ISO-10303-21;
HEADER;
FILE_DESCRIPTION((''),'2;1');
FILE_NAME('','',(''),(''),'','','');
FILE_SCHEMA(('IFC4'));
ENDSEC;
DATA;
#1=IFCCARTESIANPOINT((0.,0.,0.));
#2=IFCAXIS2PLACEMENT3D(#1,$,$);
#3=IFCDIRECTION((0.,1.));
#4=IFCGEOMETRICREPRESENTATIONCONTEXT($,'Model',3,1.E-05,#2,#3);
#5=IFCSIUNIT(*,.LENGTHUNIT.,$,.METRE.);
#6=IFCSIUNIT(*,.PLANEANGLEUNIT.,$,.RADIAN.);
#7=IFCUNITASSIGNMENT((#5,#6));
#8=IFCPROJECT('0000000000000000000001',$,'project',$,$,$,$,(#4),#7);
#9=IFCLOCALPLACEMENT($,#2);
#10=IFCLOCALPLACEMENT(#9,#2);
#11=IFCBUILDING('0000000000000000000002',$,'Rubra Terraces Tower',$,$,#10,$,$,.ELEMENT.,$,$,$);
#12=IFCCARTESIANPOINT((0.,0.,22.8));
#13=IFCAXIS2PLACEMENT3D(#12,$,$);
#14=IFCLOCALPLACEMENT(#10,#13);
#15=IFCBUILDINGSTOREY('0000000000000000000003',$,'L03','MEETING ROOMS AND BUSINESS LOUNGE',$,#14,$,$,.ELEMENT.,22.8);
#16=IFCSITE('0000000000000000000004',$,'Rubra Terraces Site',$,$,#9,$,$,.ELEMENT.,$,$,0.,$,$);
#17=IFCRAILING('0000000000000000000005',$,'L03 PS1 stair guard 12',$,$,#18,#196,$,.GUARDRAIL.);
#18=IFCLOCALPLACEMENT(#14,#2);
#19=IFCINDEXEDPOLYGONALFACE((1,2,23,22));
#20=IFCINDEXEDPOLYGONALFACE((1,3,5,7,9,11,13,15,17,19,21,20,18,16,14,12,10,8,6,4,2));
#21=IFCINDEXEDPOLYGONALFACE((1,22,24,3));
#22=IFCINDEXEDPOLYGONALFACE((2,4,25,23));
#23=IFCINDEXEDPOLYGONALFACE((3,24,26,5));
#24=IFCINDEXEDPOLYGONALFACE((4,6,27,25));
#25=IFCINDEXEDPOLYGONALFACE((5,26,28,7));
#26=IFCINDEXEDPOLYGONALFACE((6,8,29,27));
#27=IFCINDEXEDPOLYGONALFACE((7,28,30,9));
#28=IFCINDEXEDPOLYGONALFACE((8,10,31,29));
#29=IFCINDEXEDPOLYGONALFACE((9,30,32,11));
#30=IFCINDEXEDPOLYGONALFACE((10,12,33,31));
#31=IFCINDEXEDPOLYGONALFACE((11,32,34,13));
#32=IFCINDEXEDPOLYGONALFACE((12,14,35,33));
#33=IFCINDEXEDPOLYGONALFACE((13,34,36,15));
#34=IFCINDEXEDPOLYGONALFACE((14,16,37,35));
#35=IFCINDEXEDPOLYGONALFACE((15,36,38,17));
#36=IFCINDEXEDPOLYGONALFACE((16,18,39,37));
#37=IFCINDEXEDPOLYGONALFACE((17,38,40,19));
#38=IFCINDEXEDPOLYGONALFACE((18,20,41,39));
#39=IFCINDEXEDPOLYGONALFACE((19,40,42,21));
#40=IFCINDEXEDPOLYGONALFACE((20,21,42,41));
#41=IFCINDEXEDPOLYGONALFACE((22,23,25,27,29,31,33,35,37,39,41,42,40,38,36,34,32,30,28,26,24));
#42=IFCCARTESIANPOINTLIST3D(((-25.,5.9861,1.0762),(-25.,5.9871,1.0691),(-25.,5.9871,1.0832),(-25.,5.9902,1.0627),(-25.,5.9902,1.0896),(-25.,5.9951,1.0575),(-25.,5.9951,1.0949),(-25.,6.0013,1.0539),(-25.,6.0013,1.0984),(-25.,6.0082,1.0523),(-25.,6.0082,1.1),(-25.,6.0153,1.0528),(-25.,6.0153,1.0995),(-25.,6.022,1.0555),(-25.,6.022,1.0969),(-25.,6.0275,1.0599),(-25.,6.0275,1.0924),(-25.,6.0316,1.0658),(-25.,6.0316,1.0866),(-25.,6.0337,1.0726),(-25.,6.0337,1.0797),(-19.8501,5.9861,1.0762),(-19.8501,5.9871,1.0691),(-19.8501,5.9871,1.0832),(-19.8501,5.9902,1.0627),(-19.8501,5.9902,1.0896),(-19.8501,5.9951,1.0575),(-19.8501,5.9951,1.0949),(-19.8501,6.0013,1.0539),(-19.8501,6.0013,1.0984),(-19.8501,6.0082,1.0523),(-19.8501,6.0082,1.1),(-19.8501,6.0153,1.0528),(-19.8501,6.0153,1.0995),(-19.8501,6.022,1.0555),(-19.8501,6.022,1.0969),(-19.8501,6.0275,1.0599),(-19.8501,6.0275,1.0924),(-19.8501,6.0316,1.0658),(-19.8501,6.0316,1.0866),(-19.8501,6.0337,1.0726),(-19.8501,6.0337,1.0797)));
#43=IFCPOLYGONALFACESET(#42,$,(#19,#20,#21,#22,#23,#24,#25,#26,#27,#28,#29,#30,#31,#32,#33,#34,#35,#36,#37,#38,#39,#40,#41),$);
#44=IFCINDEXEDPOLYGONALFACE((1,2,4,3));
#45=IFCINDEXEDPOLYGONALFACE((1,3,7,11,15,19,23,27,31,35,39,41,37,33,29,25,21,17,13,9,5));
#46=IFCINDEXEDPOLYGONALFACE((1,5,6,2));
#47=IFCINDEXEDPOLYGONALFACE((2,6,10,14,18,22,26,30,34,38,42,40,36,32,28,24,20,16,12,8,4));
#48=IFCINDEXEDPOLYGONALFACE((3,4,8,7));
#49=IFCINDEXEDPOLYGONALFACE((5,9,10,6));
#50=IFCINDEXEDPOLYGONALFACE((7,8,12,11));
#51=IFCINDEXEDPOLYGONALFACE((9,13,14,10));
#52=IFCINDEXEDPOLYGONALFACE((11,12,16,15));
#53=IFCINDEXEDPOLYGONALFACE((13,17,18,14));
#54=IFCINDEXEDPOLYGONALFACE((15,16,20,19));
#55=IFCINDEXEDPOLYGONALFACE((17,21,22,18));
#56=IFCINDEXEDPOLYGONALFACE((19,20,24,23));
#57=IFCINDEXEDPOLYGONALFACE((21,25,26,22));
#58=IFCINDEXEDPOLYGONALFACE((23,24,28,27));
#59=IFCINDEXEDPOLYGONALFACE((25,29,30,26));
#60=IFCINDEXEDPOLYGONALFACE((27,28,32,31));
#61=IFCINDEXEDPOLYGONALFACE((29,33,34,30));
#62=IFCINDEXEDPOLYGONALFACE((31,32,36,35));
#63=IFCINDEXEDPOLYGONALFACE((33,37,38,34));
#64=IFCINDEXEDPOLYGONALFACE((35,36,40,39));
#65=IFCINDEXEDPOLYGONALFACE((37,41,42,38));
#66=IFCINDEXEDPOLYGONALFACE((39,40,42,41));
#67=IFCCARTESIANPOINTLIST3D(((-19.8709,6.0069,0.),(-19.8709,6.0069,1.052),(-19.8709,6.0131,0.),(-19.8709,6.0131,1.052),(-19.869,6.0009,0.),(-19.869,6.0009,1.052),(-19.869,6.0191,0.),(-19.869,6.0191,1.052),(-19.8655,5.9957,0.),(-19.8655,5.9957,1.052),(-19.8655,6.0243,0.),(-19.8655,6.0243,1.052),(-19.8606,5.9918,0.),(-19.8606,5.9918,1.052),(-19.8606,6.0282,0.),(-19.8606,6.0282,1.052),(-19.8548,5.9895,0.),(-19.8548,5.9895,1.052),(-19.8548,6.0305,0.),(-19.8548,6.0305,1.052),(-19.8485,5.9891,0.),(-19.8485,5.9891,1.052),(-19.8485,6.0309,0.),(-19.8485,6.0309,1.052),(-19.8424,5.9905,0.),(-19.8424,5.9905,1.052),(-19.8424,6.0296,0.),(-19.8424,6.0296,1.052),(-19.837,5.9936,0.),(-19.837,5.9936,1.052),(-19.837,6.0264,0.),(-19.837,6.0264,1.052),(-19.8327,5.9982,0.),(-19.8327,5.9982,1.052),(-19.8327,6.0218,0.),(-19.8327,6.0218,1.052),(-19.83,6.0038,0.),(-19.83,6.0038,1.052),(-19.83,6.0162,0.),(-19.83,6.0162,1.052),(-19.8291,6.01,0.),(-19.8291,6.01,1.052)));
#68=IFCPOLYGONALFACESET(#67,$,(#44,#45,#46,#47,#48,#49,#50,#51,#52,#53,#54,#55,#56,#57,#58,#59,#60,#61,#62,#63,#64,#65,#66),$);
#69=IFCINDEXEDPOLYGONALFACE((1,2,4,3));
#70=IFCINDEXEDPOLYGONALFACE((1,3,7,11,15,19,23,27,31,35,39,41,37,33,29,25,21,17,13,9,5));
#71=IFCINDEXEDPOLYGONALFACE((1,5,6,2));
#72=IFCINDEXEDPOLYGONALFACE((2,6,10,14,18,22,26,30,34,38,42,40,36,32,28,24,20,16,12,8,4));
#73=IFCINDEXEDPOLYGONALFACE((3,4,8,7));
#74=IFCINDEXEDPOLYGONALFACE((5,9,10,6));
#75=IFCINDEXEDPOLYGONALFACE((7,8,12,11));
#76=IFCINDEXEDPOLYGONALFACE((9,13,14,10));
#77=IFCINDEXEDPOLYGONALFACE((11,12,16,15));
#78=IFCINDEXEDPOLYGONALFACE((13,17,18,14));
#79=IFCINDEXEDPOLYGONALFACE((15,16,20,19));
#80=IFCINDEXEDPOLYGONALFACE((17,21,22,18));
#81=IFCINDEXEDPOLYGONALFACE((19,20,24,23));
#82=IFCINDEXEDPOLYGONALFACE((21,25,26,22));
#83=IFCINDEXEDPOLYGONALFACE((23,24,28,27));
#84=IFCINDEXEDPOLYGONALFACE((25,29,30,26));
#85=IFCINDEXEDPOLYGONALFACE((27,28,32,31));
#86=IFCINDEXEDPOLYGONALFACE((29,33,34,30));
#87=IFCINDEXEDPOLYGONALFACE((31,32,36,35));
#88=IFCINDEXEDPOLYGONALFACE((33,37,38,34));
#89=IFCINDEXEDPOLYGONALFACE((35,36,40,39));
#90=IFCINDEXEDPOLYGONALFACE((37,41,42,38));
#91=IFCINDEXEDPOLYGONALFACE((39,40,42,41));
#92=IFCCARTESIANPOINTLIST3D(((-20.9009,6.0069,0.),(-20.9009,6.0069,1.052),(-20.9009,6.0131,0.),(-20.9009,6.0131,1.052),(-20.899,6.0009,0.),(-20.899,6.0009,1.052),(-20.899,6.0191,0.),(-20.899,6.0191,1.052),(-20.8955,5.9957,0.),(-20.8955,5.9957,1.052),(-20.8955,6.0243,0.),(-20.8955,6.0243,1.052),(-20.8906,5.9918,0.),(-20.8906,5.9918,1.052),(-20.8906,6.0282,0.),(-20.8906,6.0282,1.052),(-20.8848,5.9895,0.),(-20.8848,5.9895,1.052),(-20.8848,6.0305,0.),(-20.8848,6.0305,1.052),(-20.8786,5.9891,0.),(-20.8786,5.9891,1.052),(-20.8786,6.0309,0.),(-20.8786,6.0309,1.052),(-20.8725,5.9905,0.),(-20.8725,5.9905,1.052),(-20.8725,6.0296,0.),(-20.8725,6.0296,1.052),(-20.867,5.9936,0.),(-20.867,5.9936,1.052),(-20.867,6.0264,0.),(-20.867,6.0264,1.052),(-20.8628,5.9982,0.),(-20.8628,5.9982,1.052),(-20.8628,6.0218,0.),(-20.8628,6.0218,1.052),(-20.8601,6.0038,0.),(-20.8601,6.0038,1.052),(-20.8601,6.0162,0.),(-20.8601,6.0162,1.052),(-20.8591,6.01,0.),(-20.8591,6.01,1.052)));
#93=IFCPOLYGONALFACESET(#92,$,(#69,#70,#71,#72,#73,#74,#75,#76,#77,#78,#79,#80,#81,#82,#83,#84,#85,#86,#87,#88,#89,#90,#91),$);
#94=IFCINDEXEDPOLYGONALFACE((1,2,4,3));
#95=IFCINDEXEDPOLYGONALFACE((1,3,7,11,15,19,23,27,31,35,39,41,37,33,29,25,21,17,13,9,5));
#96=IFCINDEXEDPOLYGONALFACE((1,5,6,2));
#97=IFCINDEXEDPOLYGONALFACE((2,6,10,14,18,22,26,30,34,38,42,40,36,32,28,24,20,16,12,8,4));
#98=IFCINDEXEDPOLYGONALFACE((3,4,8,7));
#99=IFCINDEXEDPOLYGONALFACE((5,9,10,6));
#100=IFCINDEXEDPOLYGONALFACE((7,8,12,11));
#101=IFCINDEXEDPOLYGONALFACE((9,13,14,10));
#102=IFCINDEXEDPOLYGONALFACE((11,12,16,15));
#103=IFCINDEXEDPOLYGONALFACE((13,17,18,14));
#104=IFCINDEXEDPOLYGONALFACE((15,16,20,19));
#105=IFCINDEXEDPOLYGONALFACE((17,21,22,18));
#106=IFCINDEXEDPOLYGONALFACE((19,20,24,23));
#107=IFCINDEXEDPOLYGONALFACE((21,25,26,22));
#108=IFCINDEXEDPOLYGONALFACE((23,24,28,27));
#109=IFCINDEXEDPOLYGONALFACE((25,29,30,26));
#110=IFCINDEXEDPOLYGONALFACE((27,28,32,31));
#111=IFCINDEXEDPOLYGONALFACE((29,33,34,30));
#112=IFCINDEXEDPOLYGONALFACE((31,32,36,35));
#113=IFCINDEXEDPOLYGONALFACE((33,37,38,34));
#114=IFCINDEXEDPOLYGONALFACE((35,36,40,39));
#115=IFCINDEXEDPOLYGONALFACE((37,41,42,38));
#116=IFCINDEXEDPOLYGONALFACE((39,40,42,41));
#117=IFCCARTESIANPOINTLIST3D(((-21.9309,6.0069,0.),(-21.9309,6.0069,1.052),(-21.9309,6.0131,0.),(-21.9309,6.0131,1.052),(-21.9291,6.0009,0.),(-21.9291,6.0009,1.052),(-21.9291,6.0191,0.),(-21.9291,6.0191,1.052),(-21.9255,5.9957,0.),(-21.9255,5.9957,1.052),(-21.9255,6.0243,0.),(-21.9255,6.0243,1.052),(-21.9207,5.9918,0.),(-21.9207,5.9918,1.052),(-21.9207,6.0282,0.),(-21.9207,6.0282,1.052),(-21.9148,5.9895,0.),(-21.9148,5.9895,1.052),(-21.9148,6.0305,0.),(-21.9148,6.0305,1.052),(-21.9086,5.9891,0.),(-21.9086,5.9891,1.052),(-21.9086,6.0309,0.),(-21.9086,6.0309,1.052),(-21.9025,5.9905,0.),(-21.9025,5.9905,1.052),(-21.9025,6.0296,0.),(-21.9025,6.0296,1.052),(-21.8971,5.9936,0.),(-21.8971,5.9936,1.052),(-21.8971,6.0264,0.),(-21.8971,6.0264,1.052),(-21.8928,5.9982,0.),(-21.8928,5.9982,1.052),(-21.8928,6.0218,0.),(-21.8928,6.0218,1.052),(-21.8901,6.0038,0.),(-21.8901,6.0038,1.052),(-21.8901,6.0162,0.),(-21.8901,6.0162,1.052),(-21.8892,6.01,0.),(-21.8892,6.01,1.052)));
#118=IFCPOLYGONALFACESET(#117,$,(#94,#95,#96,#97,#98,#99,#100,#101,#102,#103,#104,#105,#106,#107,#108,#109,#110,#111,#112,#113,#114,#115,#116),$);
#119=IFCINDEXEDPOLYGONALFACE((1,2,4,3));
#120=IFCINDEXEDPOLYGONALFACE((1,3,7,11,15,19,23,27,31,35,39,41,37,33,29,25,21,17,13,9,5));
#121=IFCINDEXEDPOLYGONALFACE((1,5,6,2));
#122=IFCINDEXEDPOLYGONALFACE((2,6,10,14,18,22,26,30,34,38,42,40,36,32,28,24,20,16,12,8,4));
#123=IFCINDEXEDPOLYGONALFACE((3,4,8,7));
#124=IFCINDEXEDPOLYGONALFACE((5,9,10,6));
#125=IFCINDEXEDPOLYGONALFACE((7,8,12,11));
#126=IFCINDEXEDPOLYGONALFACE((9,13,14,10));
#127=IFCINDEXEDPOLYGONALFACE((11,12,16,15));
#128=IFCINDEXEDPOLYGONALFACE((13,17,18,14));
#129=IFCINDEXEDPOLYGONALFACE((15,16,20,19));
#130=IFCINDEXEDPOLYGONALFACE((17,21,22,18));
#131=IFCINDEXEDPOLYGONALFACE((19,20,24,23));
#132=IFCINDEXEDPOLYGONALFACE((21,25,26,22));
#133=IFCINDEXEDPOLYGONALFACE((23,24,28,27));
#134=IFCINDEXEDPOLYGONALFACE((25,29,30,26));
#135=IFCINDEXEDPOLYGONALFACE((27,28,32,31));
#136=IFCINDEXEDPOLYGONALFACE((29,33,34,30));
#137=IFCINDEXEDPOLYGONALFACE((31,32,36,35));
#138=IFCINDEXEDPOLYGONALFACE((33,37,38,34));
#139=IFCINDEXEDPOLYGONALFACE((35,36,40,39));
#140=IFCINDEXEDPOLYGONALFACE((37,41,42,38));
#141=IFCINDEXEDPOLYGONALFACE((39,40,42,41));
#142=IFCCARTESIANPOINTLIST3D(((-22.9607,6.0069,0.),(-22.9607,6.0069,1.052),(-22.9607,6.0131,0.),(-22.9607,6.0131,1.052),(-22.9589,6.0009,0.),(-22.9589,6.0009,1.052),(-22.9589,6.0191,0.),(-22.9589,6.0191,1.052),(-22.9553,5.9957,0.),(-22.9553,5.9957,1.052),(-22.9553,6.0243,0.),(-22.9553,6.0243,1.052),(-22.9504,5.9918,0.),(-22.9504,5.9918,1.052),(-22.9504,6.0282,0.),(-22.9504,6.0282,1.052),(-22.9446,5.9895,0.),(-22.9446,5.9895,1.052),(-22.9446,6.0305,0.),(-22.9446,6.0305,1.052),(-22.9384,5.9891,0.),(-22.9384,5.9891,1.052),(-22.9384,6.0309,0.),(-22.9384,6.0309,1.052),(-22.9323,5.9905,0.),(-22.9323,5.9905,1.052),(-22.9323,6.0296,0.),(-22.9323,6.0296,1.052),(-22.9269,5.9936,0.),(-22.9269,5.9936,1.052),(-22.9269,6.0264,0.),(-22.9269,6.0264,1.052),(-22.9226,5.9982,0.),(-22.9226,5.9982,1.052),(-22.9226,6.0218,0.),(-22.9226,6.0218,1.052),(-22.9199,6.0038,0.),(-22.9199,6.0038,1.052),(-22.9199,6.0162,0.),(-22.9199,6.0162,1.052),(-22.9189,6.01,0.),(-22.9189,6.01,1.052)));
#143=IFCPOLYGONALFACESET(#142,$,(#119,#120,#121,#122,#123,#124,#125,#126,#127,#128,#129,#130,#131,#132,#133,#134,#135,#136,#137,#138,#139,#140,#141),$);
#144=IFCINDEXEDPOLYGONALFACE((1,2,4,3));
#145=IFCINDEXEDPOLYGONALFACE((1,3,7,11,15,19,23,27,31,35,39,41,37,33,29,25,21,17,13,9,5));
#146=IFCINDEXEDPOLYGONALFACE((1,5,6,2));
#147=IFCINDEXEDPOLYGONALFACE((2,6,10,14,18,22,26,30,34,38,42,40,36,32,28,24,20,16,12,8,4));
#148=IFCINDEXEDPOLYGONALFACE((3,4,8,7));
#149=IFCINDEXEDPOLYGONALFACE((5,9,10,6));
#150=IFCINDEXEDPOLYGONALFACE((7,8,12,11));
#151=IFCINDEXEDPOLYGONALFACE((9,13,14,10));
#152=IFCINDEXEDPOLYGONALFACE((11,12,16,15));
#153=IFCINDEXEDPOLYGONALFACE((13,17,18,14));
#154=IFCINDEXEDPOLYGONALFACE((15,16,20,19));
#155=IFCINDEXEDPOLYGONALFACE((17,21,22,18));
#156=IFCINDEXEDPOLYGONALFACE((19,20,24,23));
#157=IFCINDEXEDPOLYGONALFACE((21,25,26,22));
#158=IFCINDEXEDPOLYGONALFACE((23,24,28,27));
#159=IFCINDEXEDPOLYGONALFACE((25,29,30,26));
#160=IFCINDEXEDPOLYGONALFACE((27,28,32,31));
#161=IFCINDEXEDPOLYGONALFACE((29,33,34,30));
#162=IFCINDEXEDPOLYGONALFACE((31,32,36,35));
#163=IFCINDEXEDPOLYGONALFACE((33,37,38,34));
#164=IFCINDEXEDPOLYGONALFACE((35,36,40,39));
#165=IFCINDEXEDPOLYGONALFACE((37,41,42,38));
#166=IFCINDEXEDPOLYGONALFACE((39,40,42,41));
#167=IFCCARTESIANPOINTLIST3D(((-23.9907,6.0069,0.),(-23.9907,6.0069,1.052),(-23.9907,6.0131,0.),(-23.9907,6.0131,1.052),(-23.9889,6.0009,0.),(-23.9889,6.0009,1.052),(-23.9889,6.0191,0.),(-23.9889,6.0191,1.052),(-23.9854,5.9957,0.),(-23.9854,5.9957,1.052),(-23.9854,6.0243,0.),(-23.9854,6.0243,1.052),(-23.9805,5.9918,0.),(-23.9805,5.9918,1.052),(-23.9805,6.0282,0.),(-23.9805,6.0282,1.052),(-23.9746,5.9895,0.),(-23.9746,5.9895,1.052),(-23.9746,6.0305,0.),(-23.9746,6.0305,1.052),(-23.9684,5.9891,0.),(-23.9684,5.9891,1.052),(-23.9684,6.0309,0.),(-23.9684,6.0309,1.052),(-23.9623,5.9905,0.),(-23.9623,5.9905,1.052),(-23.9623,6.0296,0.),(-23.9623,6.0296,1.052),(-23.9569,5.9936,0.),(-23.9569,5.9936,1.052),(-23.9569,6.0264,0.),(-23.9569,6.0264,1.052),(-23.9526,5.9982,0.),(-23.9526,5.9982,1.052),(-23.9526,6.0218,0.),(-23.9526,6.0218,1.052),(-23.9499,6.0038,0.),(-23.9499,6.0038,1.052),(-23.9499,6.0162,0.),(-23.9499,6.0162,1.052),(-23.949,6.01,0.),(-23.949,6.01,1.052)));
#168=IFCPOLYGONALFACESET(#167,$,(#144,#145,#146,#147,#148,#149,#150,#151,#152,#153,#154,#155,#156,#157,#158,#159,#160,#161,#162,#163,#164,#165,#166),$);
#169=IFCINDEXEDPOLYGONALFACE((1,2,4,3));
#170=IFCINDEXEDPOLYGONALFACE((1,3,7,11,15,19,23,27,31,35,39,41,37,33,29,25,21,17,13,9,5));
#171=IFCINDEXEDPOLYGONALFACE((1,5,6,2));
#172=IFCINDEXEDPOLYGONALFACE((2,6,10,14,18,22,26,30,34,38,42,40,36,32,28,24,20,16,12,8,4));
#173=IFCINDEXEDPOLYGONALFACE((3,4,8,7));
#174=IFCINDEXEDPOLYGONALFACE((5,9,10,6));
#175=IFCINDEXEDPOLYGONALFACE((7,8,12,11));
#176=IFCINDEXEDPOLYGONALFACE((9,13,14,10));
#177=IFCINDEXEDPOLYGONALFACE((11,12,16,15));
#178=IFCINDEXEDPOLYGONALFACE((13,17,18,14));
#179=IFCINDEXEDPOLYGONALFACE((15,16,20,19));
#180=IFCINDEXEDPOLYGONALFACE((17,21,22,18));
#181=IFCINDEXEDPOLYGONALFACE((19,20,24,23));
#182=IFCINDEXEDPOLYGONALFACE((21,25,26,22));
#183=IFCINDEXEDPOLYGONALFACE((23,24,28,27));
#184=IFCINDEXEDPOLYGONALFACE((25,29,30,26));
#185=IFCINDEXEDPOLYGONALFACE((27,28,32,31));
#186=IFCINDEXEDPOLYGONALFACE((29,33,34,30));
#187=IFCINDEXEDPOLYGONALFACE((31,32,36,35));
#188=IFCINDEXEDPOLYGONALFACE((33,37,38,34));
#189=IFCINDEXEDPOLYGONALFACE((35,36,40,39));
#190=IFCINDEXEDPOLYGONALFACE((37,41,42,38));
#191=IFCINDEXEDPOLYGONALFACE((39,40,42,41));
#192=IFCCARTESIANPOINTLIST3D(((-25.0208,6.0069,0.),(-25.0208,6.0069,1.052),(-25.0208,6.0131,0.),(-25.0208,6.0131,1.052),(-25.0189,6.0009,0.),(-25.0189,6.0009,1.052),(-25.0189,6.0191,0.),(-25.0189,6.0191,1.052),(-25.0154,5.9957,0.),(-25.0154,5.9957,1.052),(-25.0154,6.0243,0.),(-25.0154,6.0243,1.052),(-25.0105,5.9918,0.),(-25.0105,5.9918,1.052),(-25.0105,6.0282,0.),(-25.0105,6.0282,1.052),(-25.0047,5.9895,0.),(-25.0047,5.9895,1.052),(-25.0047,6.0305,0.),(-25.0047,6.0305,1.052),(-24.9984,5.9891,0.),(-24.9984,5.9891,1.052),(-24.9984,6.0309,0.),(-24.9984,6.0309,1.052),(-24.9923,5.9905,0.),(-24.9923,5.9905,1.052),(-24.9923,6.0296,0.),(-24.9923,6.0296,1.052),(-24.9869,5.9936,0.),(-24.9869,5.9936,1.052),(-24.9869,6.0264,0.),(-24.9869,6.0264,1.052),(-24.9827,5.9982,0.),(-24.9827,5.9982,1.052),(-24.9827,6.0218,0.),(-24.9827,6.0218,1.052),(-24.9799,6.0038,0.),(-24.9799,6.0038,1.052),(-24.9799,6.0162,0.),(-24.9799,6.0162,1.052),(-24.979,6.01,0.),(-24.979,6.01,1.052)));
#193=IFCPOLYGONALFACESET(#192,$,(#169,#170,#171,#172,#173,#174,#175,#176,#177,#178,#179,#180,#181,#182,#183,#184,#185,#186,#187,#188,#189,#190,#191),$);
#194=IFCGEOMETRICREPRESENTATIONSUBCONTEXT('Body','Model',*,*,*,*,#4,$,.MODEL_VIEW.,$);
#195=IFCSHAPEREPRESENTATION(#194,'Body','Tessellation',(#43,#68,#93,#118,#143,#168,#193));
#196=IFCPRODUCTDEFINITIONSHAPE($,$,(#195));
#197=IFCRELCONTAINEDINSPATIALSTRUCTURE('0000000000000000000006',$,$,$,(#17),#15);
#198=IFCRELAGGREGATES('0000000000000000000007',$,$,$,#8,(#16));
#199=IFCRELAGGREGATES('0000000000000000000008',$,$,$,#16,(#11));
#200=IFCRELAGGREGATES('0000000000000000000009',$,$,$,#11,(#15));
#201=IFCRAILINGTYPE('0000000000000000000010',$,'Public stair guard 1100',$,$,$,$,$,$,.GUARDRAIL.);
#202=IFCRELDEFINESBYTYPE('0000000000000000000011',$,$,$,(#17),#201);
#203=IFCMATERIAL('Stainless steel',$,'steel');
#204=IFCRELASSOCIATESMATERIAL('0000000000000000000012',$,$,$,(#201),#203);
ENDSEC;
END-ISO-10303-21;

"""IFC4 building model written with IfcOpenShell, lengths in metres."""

from ifc_helpers import new_model, si_unit, direction, frame, origin, origin_2d, place, context, subcontext, project, spatial, circle, extrude, material, type_object, element, save


model = new_model("IFC4")

# Units and contexts
model_context = context("Model", 3, precision=1e-05, world=origin(), true_north=direction((0.0, 1.0)))
body_context = subcontext(model_context, "Body", "Model", "MODEL_VIEW")
ifc_project = project(units=[si_unit("LENGTHUNIT", "METRE"), si_unit("PLANEANGLEUNIT", "RADIAN")], contexts=[model_context])

# Site, building, storey
site_placement = place(None, origin())
site = spatial("IfcSite", under=ifc_project, at=site_placement, Name="Rubra Terraces Site", CompositionType="ELEMENT", RefElevation=0.0)
building_placement = place(site_placement, origin())
building = spatial("IfcBuilding", under=site, at=building_placement, Name="Rubra Terraces Tower", CompositionType="ELEMENT")
storey_placement = place(building_placement, frame((0.0, 0.0, 22.8)))
storey = spatial("IfcBuildingStorey", under=building, at=storey_placement, Name="L03", Description="MEETING ROOMS AND BUSINESS LOUNGE", CompositionType="ELEMENT", Elevation=22.8)

# Railing
ifc_material_1 = material(Name="Stainless steel", Category="steel")
railing_type_1 = type_object("IfcRailingType", Name="Public stair guard 1100", PredefinedType="GUARDRAIL", material=ifc_material_1)
railing_1_placement = place(storey_placement, frame((-19.8501, 6.01, 0.0)))
element("IfcRailing", 1, at=railing_1_placement, inside=storey, type_object=railing_type_1, Name="L03 PS1 stair guard 12", PredefinedType="GUARDRAIL", context=body_context, shape_type="SweptSolid", body=[
    extrude(circle(Radius=0.0239, at=origin_2d()), frame((0.0, 0.0, 1.0762), z_axis=(-1.0, 0.0, 0.0), x_axis=(0.0, -1.0, 0.0)), (0.0, 0.0, 1.0), 5.1499),
    extrude(circle(Radius=0.021, at=origin_2d()), origin(), (0.0, 0.0, 1.0), 1.052),
    extrude(circle(Radius=0.021, at=origin_2d()), frame((-1.03, 0.0, 0.0)), (0.0, 0.0, 1.0), 1.052),
    extrude(circle(Radius=0.021, at=origin_2d()), frame((-2.0601, 0.0, 0.0)), (0.0, 0.0, 1.0), 1.052),
    extrude(circle(Radius=0.021, at=origin_2d()), frame((-3.0898, 0.0, 0.0)), (0.0, 0.0, 1.0), 1.052),
    extrude(circle(Radius=0.021, at=origin_2d()), frame((-4.1199, 0.0, 0.0)), (0.0, 0.0, 1.0), 1.052),
    extrude(circle(Radius=0.021, at=origin_2d()), frame((-5.1499, 0.0, 0.0)), (0.0, 0.0, 1.0), 1.052),
])

save(model, "model.ifc")
